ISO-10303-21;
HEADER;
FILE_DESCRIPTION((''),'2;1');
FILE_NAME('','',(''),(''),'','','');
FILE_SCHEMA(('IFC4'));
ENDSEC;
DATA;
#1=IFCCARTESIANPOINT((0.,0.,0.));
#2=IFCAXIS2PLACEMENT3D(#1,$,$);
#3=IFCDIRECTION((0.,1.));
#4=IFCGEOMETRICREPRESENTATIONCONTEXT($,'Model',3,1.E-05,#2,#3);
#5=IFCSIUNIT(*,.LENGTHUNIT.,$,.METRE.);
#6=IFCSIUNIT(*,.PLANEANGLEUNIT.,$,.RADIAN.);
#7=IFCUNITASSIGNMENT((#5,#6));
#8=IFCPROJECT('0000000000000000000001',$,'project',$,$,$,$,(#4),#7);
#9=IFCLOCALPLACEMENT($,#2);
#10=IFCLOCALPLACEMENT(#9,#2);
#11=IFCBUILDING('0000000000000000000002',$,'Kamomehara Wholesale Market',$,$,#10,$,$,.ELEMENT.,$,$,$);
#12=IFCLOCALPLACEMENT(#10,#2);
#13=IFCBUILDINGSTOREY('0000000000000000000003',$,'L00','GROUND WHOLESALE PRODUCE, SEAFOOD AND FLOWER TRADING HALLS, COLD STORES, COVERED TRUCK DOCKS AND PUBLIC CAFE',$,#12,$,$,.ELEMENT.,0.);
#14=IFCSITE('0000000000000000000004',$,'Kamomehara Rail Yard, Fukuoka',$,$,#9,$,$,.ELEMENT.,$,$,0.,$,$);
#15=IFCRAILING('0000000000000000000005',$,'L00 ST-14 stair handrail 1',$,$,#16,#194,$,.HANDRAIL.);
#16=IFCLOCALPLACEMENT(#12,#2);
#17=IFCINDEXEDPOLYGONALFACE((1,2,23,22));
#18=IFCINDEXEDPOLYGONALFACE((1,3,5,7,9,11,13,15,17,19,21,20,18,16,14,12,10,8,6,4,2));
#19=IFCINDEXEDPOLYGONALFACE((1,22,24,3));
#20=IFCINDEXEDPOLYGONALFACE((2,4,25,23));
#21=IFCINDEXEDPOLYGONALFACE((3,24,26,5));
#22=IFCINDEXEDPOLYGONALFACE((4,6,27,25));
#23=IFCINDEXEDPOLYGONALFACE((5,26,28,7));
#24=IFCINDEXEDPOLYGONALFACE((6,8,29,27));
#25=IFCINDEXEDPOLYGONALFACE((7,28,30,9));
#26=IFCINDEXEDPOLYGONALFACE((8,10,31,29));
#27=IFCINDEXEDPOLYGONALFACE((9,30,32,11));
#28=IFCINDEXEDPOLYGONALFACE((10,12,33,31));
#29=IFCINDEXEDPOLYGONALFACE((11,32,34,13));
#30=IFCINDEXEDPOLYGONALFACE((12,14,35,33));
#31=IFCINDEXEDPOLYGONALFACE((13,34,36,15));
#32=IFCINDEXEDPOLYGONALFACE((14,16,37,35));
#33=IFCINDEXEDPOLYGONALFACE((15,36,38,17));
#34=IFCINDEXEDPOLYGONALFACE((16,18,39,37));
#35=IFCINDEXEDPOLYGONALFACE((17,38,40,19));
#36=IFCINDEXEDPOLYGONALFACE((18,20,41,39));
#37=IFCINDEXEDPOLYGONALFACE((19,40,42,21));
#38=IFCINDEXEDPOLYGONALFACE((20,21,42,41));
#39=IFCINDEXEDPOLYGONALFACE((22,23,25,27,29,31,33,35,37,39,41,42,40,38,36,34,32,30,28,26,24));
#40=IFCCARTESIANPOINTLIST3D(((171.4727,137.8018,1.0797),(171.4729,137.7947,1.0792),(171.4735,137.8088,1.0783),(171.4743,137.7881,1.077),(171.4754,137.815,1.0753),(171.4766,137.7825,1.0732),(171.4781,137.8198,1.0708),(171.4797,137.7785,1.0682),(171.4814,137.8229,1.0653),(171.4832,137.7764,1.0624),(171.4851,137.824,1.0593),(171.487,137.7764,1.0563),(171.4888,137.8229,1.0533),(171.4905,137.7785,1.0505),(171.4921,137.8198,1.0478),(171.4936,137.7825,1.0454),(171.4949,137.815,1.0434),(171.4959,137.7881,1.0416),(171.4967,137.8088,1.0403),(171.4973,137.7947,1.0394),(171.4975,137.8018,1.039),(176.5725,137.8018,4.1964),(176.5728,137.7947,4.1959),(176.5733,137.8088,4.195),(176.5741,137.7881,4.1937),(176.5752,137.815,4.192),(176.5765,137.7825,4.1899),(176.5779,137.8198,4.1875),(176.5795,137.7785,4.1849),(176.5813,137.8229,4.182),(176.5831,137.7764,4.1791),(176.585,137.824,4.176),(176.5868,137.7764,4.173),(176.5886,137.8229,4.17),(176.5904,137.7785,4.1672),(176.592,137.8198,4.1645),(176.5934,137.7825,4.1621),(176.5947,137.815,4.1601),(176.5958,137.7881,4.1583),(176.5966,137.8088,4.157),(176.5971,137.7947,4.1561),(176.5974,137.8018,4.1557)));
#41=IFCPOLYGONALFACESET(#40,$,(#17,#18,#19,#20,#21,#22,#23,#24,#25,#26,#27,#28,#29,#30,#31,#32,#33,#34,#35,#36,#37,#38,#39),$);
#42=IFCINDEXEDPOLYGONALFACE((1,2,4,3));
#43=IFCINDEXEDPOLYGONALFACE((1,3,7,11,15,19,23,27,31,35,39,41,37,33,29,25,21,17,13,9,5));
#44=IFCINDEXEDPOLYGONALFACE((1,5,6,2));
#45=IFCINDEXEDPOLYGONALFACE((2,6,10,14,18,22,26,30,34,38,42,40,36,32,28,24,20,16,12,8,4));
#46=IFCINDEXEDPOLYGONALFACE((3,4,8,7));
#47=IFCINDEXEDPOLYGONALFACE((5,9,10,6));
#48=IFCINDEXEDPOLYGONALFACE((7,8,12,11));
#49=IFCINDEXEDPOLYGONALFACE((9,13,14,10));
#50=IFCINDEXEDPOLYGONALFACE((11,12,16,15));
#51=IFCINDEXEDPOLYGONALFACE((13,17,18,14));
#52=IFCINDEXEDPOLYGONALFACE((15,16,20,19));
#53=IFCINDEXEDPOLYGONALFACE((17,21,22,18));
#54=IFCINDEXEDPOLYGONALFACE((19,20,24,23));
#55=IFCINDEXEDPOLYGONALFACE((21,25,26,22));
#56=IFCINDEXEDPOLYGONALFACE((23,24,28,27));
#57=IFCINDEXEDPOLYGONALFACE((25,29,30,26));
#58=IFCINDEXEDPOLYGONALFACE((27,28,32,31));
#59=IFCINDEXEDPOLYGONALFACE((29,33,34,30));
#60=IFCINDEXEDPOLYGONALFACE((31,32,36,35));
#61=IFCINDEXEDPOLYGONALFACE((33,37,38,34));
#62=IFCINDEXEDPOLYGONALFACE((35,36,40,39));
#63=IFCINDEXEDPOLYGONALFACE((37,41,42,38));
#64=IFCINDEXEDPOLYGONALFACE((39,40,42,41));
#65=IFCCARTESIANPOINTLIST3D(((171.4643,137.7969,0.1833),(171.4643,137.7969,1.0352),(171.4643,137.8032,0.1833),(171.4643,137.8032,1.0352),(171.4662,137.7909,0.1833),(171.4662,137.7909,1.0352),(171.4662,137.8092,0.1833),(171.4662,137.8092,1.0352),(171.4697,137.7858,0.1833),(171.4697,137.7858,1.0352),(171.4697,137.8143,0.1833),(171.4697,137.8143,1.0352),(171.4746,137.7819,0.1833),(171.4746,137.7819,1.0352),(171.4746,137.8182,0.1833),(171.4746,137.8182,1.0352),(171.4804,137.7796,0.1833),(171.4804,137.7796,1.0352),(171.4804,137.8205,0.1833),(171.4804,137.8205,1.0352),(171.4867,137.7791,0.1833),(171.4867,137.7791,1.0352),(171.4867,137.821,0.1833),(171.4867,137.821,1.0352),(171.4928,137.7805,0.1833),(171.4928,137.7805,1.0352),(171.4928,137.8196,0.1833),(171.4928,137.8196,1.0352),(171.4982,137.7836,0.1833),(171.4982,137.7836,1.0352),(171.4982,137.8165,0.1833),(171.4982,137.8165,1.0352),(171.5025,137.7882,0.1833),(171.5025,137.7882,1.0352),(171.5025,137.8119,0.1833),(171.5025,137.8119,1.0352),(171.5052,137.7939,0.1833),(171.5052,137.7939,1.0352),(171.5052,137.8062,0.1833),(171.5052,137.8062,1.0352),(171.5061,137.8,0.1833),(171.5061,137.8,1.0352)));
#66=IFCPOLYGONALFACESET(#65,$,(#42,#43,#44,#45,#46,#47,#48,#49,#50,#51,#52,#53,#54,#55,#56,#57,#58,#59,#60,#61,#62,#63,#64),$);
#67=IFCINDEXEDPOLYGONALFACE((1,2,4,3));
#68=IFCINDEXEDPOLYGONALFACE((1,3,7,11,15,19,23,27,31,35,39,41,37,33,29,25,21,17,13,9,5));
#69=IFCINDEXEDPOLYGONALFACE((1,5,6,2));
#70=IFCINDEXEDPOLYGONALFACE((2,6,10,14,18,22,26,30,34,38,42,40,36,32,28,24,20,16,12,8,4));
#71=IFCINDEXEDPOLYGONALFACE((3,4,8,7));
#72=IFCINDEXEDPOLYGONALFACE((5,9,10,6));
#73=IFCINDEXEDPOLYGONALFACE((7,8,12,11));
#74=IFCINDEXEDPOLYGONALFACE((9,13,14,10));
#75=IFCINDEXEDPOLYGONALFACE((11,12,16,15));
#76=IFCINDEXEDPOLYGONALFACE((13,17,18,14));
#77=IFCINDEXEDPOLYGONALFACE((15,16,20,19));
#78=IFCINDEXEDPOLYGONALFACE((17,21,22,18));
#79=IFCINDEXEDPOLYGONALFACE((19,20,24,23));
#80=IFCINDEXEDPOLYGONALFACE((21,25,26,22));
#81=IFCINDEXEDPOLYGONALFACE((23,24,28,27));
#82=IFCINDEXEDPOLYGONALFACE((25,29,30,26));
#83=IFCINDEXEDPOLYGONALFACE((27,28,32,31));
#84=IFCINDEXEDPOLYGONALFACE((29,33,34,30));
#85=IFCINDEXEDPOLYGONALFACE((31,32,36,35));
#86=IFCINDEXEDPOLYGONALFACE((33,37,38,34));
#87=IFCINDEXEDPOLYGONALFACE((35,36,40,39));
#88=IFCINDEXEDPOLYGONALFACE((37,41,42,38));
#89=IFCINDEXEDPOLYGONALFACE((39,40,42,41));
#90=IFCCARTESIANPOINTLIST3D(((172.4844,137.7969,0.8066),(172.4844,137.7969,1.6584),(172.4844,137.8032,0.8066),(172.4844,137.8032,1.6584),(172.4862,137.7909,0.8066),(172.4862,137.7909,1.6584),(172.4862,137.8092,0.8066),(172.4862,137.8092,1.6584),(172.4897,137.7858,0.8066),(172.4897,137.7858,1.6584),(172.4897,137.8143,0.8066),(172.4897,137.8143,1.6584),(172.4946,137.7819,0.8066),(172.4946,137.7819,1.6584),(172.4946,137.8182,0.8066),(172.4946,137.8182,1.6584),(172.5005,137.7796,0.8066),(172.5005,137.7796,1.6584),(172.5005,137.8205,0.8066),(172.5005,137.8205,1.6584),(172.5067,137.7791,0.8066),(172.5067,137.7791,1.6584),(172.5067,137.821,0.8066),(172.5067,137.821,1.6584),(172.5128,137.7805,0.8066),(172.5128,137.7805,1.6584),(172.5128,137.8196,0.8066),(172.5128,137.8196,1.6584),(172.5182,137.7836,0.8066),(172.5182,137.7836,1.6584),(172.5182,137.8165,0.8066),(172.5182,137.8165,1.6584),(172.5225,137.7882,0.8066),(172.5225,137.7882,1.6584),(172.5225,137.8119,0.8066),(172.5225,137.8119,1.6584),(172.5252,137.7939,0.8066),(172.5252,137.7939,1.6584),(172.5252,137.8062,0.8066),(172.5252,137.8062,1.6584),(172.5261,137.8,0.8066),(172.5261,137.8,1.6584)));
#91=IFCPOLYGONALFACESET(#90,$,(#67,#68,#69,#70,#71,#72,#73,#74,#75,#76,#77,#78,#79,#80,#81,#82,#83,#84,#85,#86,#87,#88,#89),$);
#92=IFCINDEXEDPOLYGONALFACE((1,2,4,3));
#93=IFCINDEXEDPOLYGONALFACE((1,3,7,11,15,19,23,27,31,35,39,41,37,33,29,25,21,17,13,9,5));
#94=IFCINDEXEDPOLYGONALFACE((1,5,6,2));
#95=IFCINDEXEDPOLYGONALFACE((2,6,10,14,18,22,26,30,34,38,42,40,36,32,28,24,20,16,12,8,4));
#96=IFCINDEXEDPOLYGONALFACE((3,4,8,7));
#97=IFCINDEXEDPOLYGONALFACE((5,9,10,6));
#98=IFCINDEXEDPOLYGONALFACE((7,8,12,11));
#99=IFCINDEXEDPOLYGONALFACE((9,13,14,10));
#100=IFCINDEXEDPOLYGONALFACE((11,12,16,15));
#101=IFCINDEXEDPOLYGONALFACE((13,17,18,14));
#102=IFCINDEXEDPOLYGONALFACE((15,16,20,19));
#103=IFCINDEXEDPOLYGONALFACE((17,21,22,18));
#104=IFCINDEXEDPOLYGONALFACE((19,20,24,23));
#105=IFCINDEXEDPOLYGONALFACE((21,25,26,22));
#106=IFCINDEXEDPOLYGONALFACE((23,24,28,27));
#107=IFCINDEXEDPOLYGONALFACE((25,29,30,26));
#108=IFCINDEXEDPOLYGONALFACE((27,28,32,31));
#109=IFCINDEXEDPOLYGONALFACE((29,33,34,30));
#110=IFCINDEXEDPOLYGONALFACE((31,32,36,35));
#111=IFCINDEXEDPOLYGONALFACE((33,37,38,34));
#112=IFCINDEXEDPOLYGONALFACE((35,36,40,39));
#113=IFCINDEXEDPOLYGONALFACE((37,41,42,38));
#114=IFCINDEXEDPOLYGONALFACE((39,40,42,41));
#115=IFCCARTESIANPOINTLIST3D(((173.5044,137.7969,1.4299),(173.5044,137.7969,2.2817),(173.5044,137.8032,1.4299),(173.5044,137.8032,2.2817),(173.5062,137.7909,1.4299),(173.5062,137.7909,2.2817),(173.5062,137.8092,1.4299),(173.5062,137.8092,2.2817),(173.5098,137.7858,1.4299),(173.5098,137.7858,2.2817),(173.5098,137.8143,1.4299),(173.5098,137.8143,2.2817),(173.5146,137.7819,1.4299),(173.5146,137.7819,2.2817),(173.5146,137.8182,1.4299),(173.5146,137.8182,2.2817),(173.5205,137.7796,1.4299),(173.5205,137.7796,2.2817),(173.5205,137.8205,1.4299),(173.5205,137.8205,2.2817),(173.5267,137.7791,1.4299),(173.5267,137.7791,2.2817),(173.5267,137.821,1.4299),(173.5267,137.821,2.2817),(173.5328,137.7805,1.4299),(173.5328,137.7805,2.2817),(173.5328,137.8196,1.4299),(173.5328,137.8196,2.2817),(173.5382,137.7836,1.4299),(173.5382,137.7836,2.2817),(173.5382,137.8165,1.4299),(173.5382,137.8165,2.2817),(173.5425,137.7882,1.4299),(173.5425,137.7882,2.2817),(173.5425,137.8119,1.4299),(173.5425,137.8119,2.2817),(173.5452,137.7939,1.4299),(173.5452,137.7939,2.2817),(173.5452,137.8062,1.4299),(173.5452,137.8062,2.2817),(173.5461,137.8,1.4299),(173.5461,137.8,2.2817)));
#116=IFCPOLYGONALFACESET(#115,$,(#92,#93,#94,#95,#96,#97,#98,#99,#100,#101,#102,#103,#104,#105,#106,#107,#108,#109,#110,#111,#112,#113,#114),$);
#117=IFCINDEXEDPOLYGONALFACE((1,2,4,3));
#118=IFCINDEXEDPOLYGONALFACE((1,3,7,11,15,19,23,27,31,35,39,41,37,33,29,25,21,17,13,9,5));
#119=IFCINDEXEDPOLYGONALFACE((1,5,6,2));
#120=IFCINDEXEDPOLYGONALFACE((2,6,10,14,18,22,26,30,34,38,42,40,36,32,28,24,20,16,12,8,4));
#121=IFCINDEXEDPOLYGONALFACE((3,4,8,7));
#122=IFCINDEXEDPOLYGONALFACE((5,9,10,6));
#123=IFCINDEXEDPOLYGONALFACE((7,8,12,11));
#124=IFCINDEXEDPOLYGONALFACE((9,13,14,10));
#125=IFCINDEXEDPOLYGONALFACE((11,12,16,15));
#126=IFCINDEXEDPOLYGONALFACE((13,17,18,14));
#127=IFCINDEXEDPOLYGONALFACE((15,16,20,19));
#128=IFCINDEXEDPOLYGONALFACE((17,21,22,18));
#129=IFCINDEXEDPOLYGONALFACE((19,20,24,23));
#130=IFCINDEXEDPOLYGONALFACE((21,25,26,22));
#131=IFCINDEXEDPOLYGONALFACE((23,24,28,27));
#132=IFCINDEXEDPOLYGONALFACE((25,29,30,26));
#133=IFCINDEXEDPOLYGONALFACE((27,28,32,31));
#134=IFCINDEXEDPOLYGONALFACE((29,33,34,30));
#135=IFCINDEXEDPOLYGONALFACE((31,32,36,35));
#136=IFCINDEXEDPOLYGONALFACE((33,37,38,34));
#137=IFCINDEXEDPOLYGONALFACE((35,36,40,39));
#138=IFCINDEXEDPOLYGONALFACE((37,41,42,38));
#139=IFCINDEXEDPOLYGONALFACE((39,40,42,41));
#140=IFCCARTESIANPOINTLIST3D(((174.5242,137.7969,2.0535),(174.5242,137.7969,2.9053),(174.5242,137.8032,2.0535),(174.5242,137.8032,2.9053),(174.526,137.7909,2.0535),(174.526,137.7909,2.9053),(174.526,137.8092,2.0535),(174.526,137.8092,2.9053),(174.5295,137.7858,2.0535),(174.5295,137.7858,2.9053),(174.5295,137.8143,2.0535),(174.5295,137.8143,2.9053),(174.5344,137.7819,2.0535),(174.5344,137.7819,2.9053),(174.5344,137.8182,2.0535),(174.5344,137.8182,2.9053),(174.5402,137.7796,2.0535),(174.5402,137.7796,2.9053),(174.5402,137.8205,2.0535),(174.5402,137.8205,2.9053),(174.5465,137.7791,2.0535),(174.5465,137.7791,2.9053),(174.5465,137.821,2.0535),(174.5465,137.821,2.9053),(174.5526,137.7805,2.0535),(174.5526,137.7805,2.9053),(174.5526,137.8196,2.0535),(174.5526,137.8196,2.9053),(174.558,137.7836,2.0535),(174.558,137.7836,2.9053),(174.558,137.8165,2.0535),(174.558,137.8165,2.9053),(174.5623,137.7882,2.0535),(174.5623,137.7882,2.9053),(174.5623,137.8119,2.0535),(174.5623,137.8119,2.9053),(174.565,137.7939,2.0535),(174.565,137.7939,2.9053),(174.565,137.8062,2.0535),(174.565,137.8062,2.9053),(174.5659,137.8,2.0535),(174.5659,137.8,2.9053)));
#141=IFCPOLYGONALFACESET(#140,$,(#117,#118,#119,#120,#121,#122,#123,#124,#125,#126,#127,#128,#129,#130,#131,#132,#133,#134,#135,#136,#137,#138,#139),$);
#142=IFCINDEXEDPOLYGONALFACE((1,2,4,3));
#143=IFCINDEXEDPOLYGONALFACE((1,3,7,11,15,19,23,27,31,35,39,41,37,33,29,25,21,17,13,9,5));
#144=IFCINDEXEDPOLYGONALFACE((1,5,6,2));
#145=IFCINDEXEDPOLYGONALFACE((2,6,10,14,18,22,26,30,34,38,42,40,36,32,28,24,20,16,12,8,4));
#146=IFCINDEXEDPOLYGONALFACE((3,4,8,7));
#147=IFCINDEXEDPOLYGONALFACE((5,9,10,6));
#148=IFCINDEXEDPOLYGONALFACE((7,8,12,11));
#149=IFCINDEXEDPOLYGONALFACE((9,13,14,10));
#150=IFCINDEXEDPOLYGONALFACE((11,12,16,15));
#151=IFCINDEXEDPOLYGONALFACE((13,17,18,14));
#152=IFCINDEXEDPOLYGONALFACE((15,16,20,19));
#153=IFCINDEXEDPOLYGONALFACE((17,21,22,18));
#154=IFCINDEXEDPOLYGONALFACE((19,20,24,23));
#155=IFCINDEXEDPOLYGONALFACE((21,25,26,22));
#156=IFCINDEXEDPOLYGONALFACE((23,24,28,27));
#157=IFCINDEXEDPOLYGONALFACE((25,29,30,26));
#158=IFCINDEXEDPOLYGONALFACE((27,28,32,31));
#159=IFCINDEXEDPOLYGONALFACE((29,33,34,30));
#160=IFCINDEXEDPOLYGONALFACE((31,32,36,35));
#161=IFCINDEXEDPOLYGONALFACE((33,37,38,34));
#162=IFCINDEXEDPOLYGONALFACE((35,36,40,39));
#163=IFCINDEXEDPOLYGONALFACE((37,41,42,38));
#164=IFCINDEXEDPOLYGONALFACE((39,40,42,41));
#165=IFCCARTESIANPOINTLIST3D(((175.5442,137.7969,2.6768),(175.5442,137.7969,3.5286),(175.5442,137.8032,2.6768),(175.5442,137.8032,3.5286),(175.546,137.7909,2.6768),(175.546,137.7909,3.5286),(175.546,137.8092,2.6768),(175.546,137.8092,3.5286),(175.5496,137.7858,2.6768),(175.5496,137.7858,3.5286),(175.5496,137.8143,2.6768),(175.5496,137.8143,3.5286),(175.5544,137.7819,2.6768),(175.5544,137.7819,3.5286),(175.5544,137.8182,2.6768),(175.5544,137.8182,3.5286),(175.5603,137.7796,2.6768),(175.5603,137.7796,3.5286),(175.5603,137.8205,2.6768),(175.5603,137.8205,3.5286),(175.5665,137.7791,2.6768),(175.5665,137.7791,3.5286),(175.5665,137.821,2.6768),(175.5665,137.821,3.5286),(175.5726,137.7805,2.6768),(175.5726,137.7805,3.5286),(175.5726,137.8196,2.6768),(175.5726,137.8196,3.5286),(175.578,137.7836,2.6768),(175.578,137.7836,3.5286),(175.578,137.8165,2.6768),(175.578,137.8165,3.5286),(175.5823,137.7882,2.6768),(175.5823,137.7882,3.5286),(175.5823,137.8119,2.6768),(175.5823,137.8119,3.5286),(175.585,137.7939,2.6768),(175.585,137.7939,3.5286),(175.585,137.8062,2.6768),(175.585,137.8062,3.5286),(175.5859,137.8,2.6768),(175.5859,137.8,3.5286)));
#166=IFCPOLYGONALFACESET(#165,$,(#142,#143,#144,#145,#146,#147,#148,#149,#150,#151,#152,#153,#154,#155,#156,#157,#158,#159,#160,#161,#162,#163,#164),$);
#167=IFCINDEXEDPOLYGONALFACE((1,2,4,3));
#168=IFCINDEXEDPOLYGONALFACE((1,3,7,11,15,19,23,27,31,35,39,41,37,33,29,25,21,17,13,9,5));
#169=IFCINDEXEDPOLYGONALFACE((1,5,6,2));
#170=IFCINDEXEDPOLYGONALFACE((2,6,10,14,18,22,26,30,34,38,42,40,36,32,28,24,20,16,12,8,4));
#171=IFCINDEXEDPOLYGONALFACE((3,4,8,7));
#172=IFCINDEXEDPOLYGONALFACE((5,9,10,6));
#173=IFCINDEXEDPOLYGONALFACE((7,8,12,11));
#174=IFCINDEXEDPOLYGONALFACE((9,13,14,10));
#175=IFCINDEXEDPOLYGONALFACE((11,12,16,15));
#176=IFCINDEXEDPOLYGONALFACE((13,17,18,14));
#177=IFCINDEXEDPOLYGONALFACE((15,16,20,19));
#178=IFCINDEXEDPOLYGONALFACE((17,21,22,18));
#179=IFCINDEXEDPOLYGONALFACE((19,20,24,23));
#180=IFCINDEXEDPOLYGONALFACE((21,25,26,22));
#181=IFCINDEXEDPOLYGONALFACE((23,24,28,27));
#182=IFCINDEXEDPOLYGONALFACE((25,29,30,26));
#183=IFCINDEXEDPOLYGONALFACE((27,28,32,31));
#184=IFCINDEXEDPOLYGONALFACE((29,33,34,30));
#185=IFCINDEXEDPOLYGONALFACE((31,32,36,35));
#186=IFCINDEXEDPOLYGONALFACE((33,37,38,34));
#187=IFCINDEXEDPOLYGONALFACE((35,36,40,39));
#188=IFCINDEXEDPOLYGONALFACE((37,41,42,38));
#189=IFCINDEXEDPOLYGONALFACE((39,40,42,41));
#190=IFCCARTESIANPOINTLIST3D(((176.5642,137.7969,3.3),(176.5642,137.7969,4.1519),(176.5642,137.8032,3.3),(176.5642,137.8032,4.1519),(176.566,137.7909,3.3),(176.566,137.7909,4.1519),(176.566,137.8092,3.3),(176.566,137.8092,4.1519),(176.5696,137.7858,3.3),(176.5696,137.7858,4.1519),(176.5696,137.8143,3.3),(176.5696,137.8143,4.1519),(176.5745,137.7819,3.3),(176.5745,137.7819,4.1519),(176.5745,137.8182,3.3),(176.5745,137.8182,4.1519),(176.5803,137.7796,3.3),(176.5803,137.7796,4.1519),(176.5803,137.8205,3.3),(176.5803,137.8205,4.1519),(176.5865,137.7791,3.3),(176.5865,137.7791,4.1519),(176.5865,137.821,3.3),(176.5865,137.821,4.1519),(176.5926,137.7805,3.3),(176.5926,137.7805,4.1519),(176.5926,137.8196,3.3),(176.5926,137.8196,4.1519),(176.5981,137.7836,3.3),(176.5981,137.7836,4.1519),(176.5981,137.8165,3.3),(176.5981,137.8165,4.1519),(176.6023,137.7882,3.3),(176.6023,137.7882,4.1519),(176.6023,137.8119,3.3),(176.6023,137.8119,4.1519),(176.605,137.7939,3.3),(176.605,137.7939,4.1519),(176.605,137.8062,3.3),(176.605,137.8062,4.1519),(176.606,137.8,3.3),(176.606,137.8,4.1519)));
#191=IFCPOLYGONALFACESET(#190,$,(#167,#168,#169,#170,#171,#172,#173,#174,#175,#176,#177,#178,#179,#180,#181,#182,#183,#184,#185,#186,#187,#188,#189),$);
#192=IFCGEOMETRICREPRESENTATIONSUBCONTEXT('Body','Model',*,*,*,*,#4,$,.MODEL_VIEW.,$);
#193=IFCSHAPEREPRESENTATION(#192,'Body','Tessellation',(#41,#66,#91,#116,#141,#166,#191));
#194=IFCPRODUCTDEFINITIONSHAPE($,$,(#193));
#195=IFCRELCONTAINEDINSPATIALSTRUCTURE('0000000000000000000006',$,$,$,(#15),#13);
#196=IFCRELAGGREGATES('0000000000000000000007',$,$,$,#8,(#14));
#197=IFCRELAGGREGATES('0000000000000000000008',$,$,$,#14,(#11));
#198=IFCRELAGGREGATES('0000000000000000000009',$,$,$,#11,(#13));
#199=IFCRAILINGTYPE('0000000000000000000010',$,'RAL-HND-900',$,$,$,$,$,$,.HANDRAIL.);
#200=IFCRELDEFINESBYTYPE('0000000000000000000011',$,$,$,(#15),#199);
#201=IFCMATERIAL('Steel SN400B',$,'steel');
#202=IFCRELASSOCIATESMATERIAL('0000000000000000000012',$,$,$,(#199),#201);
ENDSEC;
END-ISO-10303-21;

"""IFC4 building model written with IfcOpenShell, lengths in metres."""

from ifc_helpers import new_model, si_unit, direction, frame, origin, origin_2d, place, context, subcontext, project, spatial, circle, extrude, material, type_object, element, save


model = new_model("IFC4")

# Units and contexts
model_context = context("Model", 3, precision=1e-05, world=origin(), true_north=direction((0.0, 1.0)))
body_context = subcontext(model_context, "Body", "Model", "MODEL_VIEW")
ifc_project = project(units=[si_unit("LENGTHUNIT", "METRE"), si_unit("PLANEANGLEUNIT", "RADIAN")], contexts=[model_context])

# Site, building, storey
site_placement = place(None, origin())
site = spatial("IfcSite", under=ifc_project, at=site_placement, Name="Kamomehara Rail Yard, Fukuoka", CompositionType="ELEMENT", RefElevation=0.0)
building_placement = place(site_placement, origin())
building = spatial("IfcBuilding", under=site, at=building_placement, Name="Kamomehara Wholesale Market", CompositionType="ELEMENT")
storey_placement = place(building_placement, origin())
storey = spatial("IfcBuildingStorey", under=building, at=storey_placement, Name="L00", Description="GROUND WHOLESALE PRODUCE, SEAFOOD AND FLOWER TRADING HALLS, COLD STORES, COVERED TRUCK DOCKS AND PUBLIC CAFE", CompositionType="ELEMENT", Elevation=0.0)

# Railing
ifc_material_1 = material(Name="Steel SN400B", Category="steel")
railing_type_1 = type_object("IfcRailingType", Name="RAL-HND-900", PredefinedType="HANDRAIL", material=ifc_material_1)
railing_1_placement = place(storey_placement, frame((171.4851, 137.8, 0.1833)))
element("IfcRailing", 1, at=railing_1_placement, inside=storey, type_object=railing_type_1, Name="L00 ST-14 stair handrail 1", PredefinedType="HANDRAIL", context=body_context, shape_type="SweptSolid", body=[
    extrude(circle(Radius=0.0239, at=origin_2d()), frame((0.0, 0.0, 0.876), z_axis=(0.853273, 0.0, 0.521465), x_axis=(0.0, 1.0, 0.0)), (0.0, 0.0, 1.0), 5.9768),
    extrude(circle(Radius=0.021, at=origin_2d()), origin(), (0.0, 0.0, 1.0), 0.8518),
    extrude(circle(Radius=0.021, at=origin_2d()), frame((1.02, 0.0, 0.6233)), (0.0, 0.0, 1.0), 0.8518),
    extrude(circle(Radius=0.021, at=origin_2d()), frame((2.04, 0.0, 1.2466)), (0.0, 0.0, 1.0), 0.8518),
    extrude(circle(Radius=0.021, at=origin_2d()), frame((3.0598, 0.0, 1.8701)), (0.0, 0.0, 1.0), 0.8518),
    extrude(circle(Radius=0.021, at=origin_2d()), frame((4.0798, 0.0, 2.4934)), (0.0, 0.0, 1.0), 0.8518),
    extrude(circle(Radius=0.021, at=origin_2d()), frame((5.0999, 0.0, 3.1167)), (0.0, 0.0, 1.0), 0.8518),
])

save(model, "model.ifc")
